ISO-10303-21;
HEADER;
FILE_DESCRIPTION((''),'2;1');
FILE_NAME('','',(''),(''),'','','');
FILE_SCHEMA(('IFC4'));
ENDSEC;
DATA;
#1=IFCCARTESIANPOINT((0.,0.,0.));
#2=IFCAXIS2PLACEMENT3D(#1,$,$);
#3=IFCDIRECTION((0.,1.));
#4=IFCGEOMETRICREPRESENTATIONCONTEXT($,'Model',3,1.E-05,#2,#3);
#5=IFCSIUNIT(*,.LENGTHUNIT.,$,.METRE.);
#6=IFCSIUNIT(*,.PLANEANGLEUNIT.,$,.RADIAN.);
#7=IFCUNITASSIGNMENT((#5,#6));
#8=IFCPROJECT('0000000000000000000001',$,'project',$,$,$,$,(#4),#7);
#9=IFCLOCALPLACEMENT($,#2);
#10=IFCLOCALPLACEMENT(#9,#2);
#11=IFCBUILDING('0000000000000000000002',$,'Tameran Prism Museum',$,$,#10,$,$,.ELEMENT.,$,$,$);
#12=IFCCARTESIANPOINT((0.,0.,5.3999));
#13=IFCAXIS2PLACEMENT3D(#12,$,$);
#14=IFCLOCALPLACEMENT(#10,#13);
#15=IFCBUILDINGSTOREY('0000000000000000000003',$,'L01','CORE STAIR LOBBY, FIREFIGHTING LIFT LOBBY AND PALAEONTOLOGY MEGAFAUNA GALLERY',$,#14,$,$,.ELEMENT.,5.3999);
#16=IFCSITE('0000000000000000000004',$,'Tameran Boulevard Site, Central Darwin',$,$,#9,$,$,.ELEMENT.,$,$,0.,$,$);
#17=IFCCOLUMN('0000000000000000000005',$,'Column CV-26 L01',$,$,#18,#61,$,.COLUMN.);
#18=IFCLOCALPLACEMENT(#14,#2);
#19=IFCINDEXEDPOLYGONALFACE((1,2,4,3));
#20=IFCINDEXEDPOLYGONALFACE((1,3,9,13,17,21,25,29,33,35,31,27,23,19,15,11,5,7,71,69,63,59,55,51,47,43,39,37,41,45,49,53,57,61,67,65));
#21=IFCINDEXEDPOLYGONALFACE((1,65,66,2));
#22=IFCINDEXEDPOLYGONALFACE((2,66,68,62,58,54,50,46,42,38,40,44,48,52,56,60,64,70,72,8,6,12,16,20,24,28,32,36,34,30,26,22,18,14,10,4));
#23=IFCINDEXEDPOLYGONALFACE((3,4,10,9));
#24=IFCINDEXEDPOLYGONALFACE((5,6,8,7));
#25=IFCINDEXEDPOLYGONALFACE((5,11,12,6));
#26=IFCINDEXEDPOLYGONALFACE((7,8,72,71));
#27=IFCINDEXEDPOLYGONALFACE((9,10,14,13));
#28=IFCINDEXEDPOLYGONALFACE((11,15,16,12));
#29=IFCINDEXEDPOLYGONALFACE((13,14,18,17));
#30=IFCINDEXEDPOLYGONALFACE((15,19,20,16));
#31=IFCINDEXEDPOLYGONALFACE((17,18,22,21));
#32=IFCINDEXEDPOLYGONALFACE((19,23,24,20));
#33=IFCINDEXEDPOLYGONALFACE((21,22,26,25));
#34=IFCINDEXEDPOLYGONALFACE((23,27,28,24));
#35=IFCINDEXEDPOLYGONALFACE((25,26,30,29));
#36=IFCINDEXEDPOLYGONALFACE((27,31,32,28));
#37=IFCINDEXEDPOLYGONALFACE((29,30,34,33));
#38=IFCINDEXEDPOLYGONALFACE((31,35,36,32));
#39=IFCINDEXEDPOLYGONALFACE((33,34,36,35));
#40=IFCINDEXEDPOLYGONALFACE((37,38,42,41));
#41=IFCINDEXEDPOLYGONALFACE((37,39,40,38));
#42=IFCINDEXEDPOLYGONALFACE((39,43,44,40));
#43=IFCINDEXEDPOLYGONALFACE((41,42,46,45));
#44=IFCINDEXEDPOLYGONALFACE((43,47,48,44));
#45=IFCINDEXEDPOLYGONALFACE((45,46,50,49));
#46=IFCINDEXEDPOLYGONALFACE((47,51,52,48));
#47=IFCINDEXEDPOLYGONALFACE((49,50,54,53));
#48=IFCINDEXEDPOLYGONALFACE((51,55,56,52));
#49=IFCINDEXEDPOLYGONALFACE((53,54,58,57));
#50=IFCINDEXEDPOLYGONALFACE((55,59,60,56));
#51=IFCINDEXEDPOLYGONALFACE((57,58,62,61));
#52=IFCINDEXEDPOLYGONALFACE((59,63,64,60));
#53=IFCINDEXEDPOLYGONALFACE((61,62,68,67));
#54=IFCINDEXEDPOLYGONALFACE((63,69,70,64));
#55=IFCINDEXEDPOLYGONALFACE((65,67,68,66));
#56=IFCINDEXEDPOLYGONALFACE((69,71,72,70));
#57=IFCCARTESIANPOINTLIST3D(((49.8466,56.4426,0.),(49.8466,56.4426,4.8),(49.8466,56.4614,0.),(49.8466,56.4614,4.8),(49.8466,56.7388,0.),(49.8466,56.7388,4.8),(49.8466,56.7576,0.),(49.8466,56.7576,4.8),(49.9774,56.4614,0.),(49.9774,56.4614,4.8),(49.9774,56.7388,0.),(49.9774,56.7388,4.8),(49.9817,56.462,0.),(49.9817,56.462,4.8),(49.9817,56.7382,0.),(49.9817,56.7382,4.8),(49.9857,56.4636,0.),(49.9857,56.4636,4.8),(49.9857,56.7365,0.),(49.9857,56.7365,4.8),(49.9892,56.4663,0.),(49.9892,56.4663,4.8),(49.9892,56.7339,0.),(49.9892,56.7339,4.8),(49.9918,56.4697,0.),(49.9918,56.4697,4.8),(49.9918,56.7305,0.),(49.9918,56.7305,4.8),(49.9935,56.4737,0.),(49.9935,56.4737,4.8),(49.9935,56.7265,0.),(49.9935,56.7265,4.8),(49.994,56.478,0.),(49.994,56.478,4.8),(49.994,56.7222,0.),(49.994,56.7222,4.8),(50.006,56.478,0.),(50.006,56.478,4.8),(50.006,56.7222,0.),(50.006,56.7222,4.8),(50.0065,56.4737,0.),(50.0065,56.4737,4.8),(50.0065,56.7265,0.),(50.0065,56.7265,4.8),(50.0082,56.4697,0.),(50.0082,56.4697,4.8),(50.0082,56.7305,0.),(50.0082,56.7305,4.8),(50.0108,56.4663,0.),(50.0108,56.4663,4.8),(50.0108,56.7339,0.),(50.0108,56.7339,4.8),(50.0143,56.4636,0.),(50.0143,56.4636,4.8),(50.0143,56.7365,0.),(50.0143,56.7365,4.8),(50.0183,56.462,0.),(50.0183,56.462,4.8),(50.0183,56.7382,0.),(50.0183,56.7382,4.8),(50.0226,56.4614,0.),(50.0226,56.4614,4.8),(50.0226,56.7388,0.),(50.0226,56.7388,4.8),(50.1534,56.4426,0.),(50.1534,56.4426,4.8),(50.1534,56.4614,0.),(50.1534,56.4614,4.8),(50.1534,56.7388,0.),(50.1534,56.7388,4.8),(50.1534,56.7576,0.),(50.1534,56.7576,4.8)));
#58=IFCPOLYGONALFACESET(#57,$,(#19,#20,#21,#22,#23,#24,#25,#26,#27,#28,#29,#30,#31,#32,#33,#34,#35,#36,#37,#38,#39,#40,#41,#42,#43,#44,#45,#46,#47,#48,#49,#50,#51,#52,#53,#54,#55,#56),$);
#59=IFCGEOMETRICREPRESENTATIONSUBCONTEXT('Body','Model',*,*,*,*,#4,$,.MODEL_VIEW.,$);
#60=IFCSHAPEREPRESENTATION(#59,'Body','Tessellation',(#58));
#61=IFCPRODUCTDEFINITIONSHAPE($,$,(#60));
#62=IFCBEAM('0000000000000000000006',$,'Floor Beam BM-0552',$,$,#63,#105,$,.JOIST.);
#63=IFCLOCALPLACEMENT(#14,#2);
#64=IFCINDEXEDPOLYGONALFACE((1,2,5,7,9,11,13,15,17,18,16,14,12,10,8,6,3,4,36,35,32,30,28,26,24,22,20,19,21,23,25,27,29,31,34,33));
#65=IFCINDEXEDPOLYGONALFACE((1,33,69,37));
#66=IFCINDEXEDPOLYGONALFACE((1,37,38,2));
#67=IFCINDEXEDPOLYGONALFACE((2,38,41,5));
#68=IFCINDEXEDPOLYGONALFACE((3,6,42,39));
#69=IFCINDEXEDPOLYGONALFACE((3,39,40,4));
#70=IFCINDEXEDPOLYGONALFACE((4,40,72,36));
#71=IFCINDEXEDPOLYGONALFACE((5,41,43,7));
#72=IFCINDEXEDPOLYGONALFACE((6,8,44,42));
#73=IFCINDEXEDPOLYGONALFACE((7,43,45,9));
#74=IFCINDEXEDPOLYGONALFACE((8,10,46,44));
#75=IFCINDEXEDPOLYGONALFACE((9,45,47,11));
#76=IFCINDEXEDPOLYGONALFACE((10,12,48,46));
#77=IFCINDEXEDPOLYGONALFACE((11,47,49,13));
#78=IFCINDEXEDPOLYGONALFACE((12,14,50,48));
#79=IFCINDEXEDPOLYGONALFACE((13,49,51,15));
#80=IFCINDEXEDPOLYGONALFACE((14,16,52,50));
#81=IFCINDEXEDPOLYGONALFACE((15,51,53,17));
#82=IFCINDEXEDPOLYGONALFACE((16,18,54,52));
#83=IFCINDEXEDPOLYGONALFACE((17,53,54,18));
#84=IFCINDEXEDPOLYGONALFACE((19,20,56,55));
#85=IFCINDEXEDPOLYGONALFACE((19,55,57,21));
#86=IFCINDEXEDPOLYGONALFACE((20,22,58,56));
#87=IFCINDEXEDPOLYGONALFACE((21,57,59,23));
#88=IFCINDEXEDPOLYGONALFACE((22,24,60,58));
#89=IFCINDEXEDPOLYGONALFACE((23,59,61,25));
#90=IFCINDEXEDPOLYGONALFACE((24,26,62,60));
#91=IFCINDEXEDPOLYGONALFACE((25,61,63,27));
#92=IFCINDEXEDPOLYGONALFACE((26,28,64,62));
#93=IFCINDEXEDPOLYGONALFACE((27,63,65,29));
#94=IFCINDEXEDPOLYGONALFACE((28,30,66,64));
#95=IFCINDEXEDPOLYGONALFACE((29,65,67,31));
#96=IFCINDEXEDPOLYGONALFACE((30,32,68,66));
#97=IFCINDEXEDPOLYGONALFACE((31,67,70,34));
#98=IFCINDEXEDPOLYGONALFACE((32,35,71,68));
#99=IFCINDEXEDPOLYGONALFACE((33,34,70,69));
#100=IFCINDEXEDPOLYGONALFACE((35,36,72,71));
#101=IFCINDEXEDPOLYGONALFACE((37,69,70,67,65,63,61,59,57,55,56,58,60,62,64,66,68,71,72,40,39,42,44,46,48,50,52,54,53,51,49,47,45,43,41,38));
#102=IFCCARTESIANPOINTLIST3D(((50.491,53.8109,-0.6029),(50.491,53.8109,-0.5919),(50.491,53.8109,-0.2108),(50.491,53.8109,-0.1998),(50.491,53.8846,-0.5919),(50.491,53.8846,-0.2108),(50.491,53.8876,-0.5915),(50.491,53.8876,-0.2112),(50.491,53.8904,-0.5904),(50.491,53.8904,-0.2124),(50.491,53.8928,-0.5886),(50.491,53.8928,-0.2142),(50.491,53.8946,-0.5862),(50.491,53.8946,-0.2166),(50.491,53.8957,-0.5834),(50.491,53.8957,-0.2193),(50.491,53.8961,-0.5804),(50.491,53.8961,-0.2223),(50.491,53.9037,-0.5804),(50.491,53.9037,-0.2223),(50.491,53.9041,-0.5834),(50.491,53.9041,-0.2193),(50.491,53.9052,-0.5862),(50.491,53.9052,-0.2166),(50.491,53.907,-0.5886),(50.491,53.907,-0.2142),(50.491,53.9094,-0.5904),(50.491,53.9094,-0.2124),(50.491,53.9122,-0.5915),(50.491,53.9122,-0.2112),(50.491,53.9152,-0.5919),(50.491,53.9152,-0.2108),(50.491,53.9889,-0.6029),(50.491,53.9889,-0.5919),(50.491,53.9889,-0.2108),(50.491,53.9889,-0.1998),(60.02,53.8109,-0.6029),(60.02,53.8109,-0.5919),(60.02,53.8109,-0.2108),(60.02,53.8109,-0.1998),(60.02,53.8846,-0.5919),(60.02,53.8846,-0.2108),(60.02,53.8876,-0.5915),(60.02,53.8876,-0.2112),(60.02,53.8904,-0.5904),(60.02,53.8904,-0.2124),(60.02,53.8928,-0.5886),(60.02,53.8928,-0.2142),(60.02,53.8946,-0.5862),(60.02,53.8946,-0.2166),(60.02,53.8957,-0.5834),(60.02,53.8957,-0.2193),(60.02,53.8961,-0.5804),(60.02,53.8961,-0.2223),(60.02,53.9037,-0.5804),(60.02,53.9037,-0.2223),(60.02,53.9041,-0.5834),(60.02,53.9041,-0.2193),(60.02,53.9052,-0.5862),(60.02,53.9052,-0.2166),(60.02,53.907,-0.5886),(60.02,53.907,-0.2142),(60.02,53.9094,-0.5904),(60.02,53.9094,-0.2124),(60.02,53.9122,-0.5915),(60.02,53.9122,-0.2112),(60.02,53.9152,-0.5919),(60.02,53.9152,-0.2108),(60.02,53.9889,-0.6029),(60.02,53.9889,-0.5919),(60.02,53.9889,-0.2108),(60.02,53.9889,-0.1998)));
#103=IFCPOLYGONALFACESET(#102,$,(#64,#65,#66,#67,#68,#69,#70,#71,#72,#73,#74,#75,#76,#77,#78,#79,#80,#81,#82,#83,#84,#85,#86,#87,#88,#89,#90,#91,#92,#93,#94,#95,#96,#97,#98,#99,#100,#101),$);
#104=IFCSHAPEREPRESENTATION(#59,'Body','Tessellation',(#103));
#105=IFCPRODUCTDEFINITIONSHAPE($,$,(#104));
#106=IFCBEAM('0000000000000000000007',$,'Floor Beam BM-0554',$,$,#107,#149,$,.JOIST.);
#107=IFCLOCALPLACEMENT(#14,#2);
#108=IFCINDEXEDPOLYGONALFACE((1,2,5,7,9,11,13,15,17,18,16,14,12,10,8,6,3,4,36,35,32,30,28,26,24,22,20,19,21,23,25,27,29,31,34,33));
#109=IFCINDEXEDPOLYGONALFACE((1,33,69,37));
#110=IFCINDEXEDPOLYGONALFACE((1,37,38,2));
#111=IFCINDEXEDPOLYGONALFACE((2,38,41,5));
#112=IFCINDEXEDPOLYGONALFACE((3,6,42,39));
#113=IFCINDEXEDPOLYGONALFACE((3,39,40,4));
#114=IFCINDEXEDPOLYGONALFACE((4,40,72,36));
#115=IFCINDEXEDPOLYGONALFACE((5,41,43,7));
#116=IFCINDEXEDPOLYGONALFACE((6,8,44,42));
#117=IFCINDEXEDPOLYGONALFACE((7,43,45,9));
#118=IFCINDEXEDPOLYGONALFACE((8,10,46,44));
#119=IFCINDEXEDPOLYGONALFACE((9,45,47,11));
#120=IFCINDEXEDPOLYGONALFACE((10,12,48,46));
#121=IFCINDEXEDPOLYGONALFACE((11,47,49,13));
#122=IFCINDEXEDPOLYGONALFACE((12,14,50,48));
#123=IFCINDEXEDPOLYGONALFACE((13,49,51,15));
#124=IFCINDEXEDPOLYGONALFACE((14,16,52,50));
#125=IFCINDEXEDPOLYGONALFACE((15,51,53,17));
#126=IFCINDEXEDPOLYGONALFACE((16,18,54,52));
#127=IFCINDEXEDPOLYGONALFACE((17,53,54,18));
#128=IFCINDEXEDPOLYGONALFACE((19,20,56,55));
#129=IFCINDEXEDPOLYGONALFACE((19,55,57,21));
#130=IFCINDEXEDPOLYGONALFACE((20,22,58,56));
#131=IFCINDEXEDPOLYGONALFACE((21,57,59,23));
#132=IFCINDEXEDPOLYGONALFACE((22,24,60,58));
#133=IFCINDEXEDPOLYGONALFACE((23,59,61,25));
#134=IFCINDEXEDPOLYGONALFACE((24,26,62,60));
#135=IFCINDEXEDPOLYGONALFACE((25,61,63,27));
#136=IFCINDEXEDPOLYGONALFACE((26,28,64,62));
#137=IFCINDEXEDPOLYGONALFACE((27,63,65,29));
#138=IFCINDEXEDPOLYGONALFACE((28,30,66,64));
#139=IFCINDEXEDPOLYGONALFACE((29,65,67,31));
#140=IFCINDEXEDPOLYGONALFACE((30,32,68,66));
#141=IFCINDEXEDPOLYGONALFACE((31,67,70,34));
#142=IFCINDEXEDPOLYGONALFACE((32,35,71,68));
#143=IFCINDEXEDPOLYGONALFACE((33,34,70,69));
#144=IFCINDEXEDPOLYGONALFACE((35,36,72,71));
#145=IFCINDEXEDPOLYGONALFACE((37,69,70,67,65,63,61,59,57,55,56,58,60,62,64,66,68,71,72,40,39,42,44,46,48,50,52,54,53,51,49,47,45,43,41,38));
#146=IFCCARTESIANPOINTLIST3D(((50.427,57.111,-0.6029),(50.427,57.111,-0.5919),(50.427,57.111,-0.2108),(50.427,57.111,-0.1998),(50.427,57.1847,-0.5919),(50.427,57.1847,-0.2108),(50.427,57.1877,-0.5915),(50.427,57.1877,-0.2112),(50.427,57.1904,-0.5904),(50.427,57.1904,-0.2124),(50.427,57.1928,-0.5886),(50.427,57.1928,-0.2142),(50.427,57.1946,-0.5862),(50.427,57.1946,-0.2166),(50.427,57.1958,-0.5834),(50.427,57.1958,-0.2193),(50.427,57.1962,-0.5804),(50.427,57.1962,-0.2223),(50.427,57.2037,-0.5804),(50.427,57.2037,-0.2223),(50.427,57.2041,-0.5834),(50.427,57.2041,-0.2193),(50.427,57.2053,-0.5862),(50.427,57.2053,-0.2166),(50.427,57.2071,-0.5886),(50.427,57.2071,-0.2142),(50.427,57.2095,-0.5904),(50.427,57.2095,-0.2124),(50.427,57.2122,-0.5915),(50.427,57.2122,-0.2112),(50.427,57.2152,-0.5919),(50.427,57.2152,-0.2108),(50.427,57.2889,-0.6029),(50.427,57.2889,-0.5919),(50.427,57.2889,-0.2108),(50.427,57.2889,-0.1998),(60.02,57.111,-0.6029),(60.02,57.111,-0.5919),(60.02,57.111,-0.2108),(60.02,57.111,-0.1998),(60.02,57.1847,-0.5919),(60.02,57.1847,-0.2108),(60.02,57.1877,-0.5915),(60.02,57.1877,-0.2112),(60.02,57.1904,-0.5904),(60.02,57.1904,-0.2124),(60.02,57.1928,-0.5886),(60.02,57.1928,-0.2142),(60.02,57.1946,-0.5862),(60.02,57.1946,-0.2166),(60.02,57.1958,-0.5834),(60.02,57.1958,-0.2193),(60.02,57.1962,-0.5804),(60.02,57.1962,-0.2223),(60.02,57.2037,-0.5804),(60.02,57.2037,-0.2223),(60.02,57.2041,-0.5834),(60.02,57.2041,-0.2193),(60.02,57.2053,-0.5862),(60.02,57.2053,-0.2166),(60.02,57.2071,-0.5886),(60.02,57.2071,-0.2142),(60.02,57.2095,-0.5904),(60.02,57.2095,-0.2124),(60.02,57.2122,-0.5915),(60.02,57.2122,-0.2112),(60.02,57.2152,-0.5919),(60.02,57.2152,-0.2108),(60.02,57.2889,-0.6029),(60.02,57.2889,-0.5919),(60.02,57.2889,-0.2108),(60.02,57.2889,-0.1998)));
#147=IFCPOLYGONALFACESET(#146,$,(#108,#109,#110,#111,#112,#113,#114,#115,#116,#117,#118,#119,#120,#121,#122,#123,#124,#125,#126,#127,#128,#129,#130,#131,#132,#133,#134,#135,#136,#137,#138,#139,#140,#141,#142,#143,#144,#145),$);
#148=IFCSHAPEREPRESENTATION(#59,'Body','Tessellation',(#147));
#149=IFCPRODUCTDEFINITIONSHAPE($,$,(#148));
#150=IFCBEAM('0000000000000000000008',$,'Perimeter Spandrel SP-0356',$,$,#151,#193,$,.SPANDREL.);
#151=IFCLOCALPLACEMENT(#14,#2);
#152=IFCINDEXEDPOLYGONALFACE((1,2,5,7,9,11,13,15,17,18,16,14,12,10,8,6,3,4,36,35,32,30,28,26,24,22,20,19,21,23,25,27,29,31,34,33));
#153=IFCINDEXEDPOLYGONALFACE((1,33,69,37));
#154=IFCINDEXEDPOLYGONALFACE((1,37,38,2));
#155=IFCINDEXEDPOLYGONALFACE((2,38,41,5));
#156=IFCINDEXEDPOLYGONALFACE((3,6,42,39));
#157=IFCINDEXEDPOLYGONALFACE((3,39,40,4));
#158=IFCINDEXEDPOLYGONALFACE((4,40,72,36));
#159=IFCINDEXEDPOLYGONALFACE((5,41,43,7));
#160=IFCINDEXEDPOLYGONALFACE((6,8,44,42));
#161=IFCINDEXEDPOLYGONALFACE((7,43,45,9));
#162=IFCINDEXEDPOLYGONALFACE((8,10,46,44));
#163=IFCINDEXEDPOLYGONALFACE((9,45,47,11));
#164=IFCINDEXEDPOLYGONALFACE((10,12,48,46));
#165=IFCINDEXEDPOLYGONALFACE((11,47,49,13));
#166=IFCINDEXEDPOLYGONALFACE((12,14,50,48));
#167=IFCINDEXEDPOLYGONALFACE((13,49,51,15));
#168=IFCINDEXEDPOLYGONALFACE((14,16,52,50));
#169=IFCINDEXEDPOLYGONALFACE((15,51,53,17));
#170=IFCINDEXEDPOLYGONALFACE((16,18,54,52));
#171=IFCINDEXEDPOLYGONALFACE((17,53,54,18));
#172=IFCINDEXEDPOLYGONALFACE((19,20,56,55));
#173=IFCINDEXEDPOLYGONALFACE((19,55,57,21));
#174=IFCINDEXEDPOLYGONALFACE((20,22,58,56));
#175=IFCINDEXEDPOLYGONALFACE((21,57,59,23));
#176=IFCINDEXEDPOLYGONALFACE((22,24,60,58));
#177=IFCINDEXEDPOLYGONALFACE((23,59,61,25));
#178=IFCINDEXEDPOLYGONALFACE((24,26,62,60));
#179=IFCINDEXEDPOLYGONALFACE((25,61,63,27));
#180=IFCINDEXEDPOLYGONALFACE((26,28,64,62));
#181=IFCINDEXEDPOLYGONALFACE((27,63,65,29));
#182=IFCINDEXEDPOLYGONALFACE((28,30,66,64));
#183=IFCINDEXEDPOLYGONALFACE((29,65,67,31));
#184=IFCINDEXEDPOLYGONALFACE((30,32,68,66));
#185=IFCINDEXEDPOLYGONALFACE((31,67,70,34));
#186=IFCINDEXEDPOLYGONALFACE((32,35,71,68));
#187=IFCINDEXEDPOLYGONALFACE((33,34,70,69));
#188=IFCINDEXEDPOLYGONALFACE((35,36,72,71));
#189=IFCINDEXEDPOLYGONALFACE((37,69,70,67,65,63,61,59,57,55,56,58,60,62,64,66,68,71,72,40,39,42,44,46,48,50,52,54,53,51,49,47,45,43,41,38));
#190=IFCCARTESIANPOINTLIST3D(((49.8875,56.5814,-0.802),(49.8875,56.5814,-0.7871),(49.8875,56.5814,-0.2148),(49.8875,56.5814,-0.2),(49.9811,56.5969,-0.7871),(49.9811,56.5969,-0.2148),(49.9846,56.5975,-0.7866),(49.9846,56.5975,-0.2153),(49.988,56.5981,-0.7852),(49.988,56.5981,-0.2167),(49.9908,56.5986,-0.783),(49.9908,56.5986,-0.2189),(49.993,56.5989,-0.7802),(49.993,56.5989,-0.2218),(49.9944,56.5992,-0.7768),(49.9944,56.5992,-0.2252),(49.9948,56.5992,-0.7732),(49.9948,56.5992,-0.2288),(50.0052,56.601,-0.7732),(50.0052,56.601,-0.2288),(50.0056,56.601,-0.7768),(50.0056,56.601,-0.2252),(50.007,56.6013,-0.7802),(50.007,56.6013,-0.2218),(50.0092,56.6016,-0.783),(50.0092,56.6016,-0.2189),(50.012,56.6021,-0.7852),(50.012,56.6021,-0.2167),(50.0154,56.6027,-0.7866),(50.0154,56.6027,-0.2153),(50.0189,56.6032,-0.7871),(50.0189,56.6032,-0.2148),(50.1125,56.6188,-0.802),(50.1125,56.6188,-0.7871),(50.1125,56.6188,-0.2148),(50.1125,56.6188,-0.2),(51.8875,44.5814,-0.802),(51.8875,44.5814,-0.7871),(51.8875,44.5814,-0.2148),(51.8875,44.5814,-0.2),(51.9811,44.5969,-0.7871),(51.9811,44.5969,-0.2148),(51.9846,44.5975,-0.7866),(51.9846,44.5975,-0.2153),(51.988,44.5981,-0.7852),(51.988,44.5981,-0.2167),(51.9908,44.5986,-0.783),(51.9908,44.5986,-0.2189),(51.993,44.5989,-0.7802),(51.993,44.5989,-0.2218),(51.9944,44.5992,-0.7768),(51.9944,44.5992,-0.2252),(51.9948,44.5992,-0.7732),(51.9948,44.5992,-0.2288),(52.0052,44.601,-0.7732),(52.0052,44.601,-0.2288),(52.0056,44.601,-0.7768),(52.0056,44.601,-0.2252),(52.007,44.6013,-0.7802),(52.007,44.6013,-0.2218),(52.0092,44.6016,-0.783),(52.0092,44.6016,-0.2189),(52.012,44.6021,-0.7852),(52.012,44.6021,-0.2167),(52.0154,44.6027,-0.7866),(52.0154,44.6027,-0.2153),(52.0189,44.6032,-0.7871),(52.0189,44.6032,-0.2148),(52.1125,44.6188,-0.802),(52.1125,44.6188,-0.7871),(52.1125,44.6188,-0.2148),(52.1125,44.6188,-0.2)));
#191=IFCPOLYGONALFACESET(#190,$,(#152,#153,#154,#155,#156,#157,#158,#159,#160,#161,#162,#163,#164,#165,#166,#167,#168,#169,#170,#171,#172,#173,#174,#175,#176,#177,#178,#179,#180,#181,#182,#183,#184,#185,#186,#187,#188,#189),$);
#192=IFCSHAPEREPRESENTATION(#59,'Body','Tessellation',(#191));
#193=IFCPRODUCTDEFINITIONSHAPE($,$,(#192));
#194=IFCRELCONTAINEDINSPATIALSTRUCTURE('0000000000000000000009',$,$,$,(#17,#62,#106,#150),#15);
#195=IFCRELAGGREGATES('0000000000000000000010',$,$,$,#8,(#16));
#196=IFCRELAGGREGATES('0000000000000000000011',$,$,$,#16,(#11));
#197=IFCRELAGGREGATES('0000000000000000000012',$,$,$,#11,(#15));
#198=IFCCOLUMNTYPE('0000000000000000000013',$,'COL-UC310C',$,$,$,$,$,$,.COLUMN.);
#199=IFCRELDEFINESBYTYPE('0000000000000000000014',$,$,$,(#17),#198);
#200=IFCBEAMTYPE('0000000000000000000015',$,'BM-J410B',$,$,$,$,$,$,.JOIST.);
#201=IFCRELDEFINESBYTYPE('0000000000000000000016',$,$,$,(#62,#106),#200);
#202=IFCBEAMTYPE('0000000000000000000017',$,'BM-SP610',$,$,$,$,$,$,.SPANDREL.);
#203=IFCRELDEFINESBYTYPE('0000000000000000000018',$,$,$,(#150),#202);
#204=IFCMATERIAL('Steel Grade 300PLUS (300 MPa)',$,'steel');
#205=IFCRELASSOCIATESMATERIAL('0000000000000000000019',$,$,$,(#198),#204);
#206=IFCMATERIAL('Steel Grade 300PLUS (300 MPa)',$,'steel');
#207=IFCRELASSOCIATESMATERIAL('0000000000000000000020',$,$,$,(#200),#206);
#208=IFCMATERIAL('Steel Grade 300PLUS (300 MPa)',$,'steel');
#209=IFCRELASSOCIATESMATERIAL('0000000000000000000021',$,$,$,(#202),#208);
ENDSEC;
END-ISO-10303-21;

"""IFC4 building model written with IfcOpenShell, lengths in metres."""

from ifc_helpers import new_model, si_unit, direction, frame, origin, origin_2d, place, context, subcontext, project, spatial, i_section, extrude, material, material_profile, profile_set, type_object, element, save


model = new_model("IFC4")

# Units and contexts
model_context = context("Model", 3, precision=1e-05, world=origin(), true_north=direction((0.0, 1.0)))
body_context = subcontext(model_context, "Body", "Model", "MODEL_VIEW")
ifc_project = project(units=[si_unit("LENGTHUNIT", "METRE"), si_unit("PLANEANGLEUNIT", "RADIAN")], contexts=[model_context])

# Site, building, storey
site_placement = place(None, origin())
site = spatial("IfcSite", under=ifc_project, at=site_placement, Name="Tameran Boulevard Site, Central Darwin", CompositionType="ELEMENT", RefElevation=0.0)
building_placement = place(site_placement, origin())
building = spatial("IfcBuilding", under=site, at=building_placement, Name="Tameran Prism Museum", CompositionType="ELEMENT")
storey_placement = place(building_placement, frame((0.0, 0.0, 5.3999)))
storey = spatial("IfcBuildingStorey", under=building, at=storey_placement, Name="L01", Description="CORE STAIR LOBBY, FIREFIGHTING LIFT LOBBY AND PALAEONTOLOGY MEGAFAUNA GALLERY", CompositionType="ELEMENT", Elevation=5.3999)

# Column
ifc_material_1 = material(Name="Steel Grade 300PLUS (300 MPa)", Category="steel")
ifc_material_profile_1 = material_profile(ifc_material_1, i_section(OverallWidth=0.3069, OverallDepth=0.3149, WebThickness=0.012, FlangeThickness=0.0188, FilletRadius=0.0166, at=origin_2d()))
ifc_profile_set_1 = profile_set([ifc_material_profile_1])
column_type = type_object("IfcColumnType", Name="COL-UC310C", PredefinedType="COLUMN", material=ifc_profile_set_1)
column_placement = place(storey_placement, frame((50.0, 56.6001, 0.0), z_axis=(0.0, 0.0, 1.0), x_axis=(1.0, 0.0, 0.0)))
element("IfcColumn", 1, at=column_placement, inside=storey, type_object=column_type, Name="Column CV-26 L01", PredefinedType="COLUMN", context=body_context, shape_type="SweptSolid", body=[
    extrude(i_section(OverallWidth=0.3069, OverallDepth=0.3149, WebThickness=0.012, FlangeThickness=0.0188, FilletRadius=0.0166, at=origin_2d()), origin(), (0.0, 0.0, 1.0), 4.8),
])

# Beams
ifc_material_2 = material(Name="Steel Grade 300PLUS (300 MPa)", Category="steel")
ifc_material_profile_2 = material_profile(ifc_material_2, i_section(OverallWidth=0.178, OverallDepth=0.4031, WebThickness=0.0076, FlangeThickness=0.011, FilletRadius=0.0115, at=origin_2d()))
ifc_profile_set_2 = profile_set([ifc_material_profile_2])
beam_type_1 = type_object("IfcBeamType", Name="BM-J410B", PredefinedType="JOIST", material=ifc_profile_set_2)
beam_1_placement = place(storey_placement, frame((50.491, 53.8999, -0.4014), z_axis=(1.0, 0.0, 0.0), x_axis=(0.0, 1.0, 0.0)))
element("IfcBeam", 2, at=beam_1_placement, inside=storey, type_object=beam_type_1, Name="Floor Beam BM-0552", PredefinedType="JOIST", context=body_context, shape_type="SweptSolid", body=[
    extrude(i_section(OverallWidth=0.178, OverallDepth=0.4031, WebThickness=0.0076, FlangeThickness=0.011, FilletRadius=0.0115, at=origin_2d()), origin(), (0.0, 0.0, 1.0), 9.5291),
])
beam_2_placement = place(storey_placement, frame((50.427, 57.2, -0.4014), z_axis=(1.0, 0.0, 0.0), x_axis=(0.0, 1.0, 0.0)))
element("IfcBeam", 3, at=beam_2_placement, inside=storey, type_object=beam_type_1, Name="Floor Beam BM-0554", PredefinedType="JOIST", context=body_context, shape_type="SweptSolid", body=[
    extrude(i_section(OverallWidth=0.178, OverallDepth=0.4031, WebThickness=0.0076, FlangeThickness=0.011, FilletRadius=0.0115, at=origin_2d()), origin(), (0.0, 0.0, 1.0), 9.593),
])
ifc_material_3 = material(Name="Steel Grade 300PLUS (300 MPa)", Category="steel")
ifc_material_profile_3 = material_profile(ifc_material_3, i_section(OverallWidth=0.228, OverallDepth=0.6021, WebThickness=0.0105, FlangeThickness=0.0149, FilletRadius=0.0139, at=origin_2d()))
ifc_profile_set_3 = profile_set([ifc_material_profile_3])
beam_type_2 = type_object("IfcBeamType", Name="BM-SP610", PredefinedType="SPANDREL", material=ifc_profile_set_3)
beam_3_placement = place(storey_placement, frame((50.0, 56.6001, -0.501), z_axis=(0.164399, -0.986394, 0.0), x_axis=(0.986394, 0.164399, 0.0)))
element("IfcBeam", 4, at=beam_3_placement, inside=storey, type_object=beam_type_2, Name="Perimeter Spandrel SP-0356", PredefinedType="SPANDREL", context=body_context, shape_type="SweptSolid", body=[
    extrude(i_section(OverallWidth=0.228, OverallDepth=0.6021, WebThickness=0.0105, FlangeThickness=0.0149, FilletRadius=0.0139, at=origin_2d()), origin(), (0.0, 0.0, 1.0), 12.1655),
])

save(model, "model.ifc")
